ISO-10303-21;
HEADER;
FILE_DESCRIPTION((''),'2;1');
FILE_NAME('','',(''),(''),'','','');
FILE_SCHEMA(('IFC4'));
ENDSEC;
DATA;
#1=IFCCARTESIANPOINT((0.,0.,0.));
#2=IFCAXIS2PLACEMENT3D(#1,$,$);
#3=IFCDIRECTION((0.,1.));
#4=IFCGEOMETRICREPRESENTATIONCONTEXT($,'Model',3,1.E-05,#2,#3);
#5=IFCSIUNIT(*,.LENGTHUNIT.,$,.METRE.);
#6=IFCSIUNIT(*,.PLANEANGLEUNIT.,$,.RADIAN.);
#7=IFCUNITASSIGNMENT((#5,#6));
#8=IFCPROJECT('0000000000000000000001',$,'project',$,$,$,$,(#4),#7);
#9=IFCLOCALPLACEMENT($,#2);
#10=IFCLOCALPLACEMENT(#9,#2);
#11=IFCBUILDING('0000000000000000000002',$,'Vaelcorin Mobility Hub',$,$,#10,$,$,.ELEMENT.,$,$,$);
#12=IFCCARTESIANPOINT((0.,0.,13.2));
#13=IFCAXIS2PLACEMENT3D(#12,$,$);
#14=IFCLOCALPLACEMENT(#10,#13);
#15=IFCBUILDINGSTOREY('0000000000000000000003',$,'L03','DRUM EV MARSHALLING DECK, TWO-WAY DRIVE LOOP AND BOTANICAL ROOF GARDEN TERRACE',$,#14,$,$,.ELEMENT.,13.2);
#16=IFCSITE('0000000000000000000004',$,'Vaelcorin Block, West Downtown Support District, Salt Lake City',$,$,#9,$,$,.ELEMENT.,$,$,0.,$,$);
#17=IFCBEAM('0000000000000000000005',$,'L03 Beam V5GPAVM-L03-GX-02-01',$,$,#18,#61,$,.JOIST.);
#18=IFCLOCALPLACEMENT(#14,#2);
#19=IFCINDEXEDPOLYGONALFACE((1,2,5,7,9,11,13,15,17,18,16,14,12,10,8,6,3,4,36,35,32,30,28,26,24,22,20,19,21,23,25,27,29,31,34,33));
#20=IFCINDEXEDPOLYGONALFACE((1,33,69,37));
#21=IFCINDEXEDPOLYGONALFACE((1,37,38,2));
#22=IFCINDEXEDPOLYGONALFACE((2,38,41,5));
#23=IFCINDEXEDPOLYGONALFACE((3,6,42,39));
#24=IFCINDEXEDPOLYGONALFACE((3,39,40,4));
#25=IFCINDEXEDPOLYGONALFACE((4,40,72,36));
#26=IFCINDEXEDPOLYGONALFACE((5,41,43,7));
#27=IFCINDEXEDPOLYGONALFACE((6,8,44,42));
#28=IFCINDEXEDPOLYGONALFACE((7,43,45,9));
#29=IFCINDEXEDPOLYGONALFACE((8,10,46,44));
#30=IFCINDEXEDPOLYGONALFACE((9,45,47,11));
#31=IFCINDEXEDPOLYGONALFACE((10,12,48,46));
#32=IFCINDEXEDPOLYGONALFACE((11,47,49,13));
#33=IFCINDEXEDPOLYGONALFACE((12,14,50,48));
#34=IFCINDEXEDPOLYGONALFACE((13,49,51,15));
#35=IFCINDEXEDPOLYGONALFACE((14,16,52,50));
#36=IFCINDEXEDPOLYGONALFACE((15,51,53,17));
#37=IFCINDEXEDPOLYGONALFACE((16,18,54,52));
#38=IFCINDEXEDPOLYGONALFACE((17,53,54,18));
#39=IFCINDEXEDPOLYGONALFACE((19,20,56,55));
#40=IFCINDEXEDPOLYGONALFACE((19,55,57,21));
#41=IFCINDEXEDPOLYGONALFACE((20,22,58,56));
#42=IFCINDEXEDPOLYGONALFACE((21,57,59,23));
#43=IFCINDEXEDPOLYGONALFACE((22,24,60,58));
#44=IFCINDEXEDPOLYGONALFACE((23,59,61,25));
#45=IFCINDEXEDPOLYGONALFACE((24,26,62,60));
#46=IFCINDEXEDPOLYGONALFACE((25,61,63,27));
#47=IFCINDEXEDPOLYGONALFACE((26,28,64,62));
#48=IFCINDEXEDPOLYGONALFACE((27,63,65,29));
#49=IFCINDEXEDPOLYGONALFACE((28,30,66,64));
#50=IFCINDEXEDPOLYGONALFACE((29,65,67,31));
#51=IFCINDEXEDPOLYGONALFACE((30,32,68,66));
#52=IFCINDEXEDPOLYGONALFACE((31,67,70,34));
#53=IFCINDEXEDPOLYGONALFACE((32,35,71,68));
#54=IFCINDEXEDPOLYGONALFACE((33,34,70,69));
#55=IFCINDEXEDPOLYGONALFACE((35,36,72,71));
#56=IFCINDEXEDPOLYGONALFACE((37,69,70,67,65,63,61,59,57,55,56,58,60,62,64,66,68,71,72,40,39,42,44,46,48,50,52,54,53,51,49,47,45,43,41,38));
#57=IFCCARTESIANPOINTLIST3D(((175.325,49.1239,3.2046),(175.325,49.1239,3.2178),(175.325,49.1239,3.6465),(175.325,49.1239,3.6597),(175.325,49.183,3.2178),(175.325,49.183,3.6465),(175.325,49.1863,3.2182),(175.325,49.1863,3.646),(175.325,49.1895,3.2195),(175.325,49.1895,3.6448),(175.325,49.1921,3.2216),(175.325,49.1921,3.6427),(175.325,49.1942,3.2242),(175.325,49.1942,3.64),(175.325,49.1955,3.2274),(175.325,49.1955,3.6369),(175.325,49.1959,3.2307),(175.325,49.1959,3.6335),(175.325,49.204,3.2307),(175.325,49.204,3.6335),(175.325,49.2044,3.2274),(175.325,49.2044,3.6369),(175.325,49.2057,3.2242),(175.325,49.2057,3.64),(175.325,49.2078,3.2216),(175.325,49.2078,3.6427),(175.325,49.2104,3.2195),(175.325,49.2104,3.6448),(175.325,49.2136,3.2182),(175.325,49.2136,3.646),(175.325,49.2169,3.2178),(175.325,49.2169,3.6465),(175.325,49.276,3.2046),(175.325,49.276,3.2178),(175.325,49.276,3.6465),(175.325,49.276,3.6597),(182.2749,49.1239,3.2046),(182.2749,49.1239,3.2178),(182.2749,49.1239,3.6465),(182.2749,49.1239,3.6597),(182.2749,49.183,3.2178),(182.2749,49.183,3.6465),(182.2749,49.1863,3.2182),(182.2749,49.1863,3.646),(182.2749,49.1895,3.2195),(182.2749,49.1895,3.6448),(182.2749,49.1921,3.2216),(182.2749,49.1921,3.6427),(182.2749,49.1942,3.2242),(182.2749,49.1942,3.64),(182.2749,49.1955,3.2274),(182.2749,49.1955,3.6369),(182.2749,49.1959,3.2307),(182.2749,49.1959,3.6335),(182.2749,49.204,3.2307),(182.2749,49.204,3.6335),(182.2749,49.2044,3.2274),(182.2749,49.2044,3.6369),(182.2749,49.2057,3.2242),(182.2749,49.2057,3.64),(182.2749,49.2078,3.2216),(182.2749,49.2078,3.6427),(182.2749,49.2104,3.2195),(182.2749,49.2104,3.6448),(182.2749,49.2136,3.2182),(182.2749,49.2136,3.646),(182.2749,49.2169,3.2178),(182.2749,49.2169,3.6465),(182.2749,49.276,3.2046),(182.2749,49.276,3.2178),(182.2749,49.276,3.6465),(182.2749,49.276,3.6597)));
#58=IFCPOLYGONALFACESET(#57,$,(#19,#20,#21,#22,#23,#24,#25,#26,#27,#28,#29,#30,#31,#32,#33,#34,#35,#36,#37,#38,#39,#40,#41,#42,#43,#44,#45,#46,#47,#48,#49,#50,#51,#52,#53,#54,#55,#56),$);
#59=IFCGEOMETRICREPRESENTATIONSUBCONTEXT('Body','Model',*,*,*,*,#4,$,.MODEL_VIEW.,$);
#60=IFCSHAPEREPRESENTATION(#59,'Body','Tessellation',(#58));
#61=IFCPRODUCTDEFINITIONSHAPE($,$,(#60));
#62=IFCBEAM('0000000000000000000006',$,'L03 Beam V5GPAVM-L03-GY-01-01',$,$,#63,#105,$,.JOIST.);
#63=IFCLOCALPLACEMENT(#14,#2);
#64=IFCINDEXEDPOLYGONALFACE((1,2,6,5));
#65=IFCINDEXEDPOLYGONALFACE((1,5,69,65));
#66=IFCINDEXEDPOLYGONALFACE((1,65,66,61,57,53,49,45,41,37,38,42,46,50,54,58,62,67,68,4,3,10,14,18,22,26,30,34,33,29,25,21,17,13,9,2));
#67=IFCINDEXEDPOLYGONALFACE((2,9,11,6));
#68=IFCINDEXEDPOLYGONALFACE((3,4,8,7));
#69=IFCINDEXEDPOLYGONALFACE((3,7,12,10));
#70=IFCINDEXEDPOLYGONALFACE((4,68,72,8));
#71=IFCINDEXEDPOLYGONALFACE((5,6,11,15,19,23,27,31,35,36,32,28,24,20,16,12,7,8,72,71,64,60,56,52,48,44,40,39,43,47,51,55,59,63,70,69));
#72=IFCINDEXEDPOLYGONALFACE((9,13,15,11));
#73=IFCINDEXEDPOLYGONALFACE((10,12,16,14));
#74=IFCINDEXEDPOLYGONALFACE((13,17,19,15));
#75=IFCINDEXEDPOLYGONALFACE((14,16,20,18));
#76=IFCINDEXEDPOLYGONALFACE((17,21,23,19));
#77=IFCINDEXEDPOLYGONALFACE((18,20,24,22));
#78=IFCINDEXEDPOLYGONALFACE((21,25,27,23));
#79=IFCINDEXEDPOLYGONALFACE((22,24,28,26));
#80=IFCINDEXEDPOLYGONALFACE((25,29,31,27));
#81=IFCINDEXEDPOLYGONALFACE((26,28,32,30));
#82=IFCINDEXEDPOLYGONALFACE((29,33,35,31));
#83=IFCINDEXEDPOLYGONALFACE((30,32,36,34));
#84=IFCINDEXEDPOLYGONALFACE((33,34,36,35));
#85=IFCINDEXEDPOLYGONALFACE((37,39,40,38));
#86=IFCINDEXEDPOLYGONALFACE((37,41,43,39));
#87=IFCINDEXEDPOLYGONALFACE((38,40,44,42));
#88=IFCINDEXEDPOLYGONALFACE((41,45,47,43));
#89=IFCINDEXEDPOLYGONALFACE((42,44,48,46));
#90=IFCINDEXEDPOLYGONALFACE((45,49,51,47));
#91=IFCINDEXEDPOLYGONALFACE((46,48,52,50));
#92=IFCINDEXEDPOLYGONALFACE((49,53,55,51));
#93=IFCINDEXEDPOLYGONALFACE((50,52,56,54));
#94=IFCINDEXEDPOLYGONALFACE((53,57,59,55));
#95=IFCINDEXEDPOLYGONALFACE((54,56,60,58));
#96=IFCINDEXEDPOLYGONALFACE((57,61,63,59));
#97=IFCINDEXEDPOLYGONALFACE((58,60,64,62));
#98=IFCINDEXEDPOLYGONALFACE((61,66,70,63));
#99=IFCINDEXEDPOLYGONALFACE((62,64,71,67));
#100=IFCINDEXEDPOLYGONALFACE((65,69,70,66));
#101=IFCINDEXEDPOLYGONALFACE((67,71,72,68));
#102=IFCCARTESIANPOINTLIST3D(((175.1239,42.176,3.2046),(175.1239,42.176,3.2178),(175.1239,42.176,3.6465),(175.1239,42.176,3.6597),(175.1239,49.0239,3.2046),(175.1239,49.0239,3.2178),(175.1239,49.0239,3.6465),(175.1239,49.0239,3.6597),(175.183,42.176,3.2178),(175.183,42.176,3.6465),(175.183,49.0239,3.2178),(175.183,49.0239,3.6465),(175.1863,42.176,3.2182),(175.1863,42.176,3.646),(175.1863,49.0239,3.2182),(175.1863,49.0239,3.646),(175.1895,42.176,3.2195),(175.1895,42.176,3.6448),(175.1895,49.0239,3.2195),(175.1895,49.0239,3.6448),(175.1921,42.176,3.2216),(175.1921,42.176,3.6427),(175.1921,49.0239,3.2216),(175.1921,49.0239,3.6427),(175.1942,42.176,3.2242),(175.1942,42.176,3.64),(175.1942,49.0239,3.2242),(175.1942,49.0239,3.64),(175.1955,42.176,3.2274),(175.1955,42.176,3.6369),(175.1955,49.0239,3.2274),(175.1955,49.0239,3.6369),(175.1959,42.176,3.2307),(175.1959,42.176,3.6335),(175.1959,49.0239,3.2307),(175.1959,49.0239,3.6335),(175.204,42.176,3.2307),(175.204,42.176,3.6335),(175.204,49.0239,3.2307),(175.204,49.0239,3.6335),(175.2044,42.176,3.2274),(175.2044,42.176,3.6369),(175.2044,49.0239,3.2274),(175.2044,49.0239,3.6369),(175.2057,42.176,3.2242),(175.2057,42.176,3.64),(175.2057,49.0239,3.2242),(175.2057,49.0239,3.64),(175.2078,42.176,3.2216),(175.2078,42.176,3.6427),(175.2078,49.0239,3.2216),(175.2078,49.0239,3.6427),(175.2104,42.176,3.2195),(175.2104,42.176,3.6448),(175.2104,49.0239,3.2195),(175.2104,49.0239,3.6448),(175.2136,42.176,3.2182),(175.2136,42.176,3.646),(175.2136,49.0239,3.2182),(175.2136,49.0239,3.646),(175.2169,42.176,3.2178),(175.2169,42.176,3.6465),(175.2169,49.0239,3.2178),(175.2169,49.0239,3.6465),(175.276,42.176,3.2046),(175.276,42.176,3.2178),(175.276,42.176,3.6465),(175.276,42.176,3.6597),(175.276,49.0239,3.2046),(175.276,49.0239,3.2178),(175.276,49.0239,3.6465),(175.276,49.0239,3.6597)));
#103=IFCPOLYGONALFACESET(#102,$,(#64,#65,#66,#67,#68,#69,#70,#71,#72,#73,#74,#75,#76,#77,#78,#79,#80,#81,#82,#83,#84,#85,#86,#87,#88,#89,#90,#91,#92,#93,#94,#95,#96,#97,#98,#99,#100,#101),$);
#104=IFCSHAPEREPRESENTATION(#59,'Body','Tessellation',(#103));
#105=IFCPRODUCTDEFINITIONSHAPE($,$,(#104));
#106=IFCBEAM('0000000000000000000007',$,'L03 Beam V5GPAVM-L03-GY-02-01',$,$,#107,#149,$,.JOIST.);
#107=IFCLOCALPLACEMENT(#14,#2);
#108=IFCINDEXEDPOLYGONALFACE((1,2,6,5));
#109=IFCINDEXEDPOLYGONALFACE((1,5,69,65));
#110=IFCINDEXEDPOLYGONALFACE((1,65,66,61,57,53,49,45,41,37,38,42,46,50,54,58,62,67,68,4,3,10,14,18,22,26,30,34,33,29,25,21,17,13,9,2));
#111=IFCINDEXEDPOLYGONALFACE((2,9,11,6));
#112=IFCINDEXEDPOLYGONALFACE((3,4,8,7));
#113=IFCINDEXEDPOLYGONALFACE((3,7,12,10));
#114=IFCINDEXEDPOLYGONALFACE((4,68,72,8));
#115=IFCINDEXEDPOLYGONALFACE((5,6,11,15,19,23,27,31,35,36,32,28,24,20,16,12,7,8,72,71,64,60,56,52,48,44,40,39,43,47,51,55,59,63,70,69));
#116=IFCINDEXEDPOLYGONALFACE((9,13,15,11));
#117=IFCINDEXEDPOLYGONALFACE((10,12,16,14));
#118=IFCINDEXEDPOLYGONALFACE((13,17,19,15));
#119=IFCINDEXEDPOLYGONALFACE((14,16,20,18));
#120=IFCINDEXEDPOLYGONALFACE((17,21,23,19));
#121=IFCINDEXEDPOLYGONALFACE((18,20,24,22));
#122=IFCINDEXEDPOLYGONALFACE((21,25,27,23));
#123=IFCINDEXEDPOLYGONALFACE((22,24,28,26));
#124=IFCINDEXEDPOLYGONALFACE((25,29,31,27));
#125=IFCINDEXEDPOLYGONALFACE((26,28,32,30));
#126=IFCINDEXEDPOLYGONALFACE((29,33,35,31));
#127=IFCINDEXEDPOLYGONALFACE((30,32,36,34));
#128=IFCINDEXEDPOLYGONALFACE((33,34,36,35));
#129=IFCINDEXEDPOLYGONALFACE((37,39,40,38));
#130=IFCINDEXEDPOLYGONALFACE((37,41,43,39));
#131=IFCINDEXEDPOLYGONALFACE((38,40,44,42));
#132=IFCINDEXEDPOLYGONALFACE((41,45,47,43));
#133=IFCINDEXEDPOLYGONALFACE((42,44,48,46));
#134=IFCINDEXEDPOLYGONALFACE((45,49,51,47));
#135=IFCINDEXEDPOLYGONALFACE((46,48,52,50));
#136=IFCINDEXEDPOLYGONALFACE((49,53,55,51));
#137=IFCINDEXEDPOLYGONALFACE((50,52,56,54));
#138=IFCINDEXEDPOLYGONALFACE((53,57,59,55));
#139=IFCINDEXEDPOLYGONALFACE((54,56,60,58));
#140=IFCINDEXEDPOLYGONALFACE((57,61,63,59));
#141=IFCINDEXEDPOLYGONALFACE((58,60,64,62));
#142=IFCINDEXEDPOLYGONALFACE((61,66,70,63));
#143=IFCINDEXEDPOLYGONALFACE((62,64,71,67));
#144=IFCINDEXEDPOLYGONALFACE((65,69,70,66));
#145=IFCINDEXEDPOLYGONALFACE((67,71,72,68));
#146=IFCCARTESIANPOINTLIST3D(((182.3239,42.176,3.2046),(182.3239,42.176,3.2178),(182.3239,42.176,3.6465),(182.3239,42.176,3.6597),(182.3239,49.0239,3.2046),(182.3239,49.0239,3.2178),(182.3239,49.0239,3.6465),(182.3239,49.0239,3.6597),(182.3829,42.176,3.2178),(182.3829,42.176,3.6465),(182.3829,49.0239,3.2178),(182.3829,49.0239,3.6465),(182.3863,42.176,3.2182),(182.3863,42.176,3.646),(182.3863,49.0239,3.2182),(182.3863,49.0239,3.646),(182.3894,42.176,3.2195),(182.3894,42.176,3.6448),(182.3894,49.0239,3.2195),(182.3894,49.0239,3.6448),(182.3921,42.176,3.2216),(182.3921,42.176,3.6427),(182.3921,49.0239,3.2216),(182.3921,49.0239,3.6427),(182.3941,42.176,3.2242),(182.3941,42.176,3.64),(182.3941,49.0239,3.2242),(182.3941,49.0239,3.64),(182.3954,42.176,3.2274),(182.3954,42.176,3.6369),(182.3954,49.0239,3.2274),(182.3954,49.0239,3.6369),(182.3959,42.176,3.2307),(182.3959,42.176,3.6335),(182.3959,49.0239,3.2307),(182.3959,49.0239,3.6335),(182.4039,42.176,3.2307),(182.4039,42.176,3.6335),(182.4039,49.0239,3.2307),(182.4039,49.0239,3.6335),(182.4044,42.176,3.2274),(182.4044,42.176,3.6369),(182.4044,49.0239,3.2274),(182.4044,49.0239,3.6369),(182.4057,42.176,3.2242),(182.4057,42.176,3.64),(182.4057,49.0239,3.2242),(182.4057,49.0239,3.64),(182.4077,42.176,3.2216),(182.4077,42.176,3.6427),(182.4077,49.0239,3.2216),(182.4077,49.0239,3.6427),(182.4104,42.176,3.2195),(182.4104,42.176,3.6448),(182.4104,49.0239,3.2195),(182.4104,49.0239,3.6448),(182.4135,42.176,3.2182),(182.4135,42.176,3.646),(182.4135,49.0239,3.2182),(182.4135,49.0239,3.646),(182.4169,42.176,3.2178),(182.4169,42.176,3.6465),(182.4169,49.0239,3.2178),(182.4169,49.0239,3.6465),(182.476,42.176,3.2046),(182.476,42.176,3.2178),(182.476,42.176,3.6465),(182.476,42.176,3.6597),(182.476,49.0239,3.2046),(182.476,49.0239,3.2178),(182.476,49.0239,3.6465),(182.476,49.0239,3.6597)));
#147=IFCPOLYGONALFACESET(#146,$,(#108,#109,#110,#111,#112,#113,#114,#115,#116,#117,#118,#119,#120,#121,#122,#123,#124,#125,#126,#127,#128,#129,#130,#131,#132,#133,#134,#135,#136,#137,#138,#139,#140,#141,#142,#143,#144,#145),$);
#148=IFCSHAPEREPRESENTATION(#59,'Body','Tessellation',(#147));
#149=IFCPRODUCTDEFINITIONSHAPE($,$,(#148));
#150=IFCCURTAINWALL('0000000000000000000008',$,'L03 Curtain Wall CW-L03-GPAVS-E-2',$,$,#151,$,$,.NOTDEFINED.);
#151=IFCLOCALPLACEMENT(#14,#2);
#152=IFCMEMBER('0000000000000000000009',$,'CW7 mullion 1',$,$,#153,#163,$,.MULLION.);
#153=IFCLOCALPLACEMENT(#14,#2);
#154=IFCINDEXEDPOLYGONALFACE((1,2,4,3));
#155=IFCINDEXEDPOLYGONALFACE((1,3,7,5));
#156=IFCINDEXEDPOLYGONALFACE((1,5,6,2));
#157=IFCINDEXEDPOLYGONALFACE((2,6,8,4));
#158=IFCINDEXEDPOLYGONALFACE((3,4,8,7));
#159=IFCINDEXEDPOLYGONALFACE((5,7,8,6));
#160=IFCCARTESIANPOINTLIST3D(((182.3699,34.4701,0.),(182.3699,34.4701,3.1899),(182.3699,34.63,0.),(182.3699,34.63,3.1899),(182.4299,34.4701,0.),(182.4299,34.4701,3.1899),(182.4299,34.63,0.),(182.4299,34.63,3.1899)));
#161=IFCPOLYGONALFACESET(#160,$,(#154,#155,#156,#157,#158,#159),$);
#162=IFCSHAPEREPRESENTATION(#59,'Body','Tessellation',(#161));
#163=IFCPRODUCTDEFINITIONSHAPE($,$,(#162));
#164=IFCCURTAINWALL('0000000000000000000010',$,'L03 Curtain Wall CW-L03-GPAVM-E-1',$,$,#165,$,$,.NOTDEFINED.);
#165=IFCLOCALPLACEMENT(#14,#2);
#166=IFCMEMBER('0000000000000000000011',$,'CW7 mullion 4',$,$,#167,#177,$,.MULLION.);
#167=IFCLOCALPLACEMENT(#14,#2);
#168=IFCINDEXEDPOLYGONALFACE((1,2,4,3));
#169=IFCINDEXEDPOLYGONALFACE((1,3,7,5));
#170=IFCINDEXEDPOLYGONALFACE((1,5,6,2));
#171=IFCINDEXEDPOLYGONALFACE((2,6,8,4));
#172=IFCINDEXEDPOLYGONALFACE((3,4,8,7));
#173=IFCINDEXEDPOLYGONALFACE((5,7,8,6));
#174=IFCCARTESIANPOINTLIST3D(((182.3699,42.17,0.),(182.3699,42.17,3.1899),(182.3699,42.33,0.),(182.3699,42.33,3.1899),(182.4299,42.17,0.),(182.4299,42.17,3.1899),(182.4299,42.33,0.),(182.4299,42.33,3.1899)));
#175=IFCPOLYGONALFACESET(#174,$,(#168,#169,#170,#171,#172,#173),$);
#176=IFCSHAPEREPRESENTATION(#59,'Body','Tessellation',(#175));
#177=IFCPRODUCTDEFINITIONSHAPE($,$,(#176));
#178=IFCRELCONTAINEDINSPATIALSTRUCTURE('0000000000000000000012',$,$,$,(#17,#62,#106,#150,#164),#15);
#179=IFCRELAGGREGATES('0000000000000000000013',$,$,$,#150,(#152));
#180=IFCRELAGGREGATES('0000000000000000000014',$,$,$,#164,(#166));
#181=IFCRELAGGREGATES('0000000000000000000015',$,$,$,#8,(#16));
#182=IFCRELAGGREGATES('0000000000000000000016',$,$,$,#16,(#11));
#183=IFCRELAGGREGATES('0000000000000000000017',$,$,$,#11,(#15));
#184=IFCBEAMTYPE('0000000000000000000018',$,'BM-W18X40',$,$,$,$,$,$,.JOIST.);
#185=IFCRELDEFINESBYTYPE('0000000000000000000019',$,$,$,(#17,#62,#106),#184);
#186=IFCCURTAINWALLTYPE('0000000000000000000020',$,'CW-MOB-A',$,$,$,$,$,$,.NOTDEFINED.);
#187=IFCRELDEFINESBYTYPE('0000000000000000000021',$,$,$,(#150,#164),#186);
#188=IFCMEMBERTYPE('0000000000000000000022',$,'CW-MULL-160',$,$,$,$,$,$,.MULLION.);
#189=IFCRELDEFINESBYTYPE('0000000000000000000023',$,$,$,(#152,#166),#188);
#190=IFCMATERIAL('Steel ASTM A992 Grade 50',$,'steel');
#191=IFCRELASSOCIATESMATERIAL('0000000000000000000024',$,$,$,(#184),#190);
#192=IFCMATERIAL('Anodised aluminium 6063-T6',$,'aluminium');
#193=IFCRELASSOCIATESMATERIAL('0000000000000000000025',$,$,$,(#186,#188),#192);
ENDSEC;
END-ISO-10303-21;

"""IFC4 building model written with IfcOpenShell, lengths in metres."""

from ifc_helpers import new_model, si_unit, direction, frame, origin, origin_2d, place, context, subcontext, project, spatial, rectangle, i_section, extrude, material, material_profile, profile_set, type_object, element, aggregate, save


model = new_model("IFC4")

# Units and contexts
model_context = context("Model", 3, precision=1e-05, world=origin(), true_north=direction((0.0, 1.0)))
body_context = subcontext(model_context, "Body", "Model", "MODEL_VIEW")
ifc_project = project(units=[si_unit("LENGTHUNIT", "METRE"), si_unit("PLANEANGLEUNIT", "RADIAN")], contexts=[model_context])

# Site, building, storey
site_placement = place(None, origin())
site = spatial("IfcSite", under=ifc_project, at=site_placement, Name="Vaelcorin Block, West Downtown Support District, Salt Lake City", CompositionType="ELEMENT", RefElevation=0.0)
building_placement = place(site_placement, origin())
building = spatial("IfcBuilding", under=site, at=building_placement, Name="Vaelcorin Mobility Hub", CompositionType="ELEMENT")
storey_placement = place(building_placement, frame((0.0, 0.0, 13.2)))
storey = spatial("IfcBuildingStorey", under=building, at=storey_placement, Name="L03", Description="DRUM EV MARSHALLING DECK, TWO-WAY DRIVE LOOP AND BOTANICAL ROOF GARDEN TERRACE", CompositionType="ELEMENT", Elevation=13.2)

# Shared definitions
ifc_material_1 = material(Name="Steel ASTM A992 Grade 50", Category="steel")

# Beams
ifc_material_profile_1 = material_profile(ifc_material_1, i_section(OverallWidth=0.1521, OverallDepth=0.4551, WebThickness=0.0081, FlangeThickness=0.0132, FilletRadius=0.0129, at=origin_2d()), Name="W18X40")
ifc_profile_set_1 = profile_set([ifc_material_profile_1], Name="Steel ASTM A992 Grade 50")
beam_type_1 = type_object("IfcBeamType", Name="BM-W18X40", PredefinedType="JOIST", material=ifc_profile_set_1)
for number, where, z_axis, x_axis, name in (
    (1, (175.325, 49.2, 3.4321), (1.0, 0.0, 0.0), (0.0, 1.0, 0.0), "L03 Beam V5GPAVM-L03-GX-02-01"),
):
    element("IfcBeam", number, at=place(storey_placement, frame(where, z_axis=z_axis, x_axis=x_axis)), inside=storey, type_object=beam_type_1, Name=name, PredefinedType="JOIST", context=body_context, shape_type="SweptSolid", body=[
        extrude(i_section(OverallWidth=0.1521, OverallDepth=0.4551, WebThickness=0.0081, FlangeThickness=0.0132, FilletRadius=0.0129, at=origin_2d()), origin(), (0.0, 0.0, 1.0), 6.95),
    ])
for number, where, z_axis, x_axis, name in (
    (2, (175.2, 42.176, 3.4321), (0.0, 1.0, 0.0), (-1.0, 0.0, 0.0), "L03 Beam V5GPAVM-L03-GY-01-01"),
    (3, (182.3999, 42.176, 3.4321), (0.0, 1.0, 0.0), (-1.0, 0.0, 0.0), "L03 Beam V5GPAVM-L03-GY-02-01"),
):
    element("IfcBeam", number, at=place(storey_placement, frame(where, z_axis=z_axis, x_axis=x_axis)), inside=storey, type_object=beam_type_1, Name=name, PredefinedType="JOIST", context=body_context, shape_type="SweptSolid", body=[
        extrude(i_section(OverallWidth=0.1521, OverallDepth=0.4551, WebThickness=0.0081, FlangeThickness=0.0132, FilletRadius=0.0129, at=origin_2d()), origin(), (0.0, 0.0, 1.0), 6.8479),
    ])

# Curtain walls, members
ifc_material_2 = material(Name="Anodised aluminium 6063-T6", Category="aluminium")
curtain_wall_type = type_object("IfcCurtainWallType", Name="CW-MOB-A", PredefinedType="NOTDEFINED", material=ifc_material_2)
curtain_wall_1_placement = place(storey_placement, origin())
curtain_wall_1 = element("IfcCurtainWall", 4, at=curtain_wall_1_placement, inside=storey, type_object=curtain_wall_type, Name="L03 Curtain Wall CW-L03-GPAVS-E-2", PredefinedType="NOTDEFINED")
ifc_material_profile_2 = material_profile(ifc_material_2, rectangle(XDim=0.0601, YDim=0.1599, at=origin_2d()), Name="ALU-M60X160")
ifc_profile_set_2 = profile_set([ifc_material_profile_2], Name="Anodised aluminium 6063-T6")
member_type = type_object("IfcMemberType", Name="CW-MULL-160", PredefinedType="MULLION", material=ifc_profile_set_2)
member_1_placement = place(storey_placement, frame((182.3999, 34.55, 0.0), z_axis=(0.0, 0.0, 1.0), x_axis=(1.0, 0.0, 0.0)))
member_1 = element("IfcMember", 5, at=member_1_placement, type_object=member_type, Name="CW7 mullion 1", PredefinedType="MULLION", context=body_context, shape_type="SweptSolid", body=[
    extrude(rectangle(XDim=0.0601, YDim=0.1599, at=origin_2d()), origin(), (0.0, 0.0, 1.0), 3.1899),
])
aggregate(curtain_wall_1, [member_1])
curtain_wall_2_placement = place(storey_placement, origin())
curtain_wall_2 = element("IfcCurtainWall", 6, at=curtain_wall_2_placement, inside=storey, type_object=curtain_wall_type, Name="L03 Curtain Wall CW-L03-GPAVM-E-1", PredefinedType="NOTDEFINED")
member_2_placement = place(storey_placement, frame((182.3999, 42.25, 0.0), z_axis=(0.0, 0.0, 1.0), x_axis=(1.0, 0.0, 0.0)))
member_2 = element("IfcMember", 7, at=member_2_placement, type_object=member_type, Name="CW7 mullion 4", PredefinedType="MULLION", context=body_context, shape_type="SweptSolid", body=[
    extrude(rectangle(XDim=0.0601, YDim=0.1599, at=origin_2d()), origin(), (0.0, 0.0, 1.0), 3.1899),
])
aggregate(curtain_wall_2, [member_2])

save(model, "model.ifc")
